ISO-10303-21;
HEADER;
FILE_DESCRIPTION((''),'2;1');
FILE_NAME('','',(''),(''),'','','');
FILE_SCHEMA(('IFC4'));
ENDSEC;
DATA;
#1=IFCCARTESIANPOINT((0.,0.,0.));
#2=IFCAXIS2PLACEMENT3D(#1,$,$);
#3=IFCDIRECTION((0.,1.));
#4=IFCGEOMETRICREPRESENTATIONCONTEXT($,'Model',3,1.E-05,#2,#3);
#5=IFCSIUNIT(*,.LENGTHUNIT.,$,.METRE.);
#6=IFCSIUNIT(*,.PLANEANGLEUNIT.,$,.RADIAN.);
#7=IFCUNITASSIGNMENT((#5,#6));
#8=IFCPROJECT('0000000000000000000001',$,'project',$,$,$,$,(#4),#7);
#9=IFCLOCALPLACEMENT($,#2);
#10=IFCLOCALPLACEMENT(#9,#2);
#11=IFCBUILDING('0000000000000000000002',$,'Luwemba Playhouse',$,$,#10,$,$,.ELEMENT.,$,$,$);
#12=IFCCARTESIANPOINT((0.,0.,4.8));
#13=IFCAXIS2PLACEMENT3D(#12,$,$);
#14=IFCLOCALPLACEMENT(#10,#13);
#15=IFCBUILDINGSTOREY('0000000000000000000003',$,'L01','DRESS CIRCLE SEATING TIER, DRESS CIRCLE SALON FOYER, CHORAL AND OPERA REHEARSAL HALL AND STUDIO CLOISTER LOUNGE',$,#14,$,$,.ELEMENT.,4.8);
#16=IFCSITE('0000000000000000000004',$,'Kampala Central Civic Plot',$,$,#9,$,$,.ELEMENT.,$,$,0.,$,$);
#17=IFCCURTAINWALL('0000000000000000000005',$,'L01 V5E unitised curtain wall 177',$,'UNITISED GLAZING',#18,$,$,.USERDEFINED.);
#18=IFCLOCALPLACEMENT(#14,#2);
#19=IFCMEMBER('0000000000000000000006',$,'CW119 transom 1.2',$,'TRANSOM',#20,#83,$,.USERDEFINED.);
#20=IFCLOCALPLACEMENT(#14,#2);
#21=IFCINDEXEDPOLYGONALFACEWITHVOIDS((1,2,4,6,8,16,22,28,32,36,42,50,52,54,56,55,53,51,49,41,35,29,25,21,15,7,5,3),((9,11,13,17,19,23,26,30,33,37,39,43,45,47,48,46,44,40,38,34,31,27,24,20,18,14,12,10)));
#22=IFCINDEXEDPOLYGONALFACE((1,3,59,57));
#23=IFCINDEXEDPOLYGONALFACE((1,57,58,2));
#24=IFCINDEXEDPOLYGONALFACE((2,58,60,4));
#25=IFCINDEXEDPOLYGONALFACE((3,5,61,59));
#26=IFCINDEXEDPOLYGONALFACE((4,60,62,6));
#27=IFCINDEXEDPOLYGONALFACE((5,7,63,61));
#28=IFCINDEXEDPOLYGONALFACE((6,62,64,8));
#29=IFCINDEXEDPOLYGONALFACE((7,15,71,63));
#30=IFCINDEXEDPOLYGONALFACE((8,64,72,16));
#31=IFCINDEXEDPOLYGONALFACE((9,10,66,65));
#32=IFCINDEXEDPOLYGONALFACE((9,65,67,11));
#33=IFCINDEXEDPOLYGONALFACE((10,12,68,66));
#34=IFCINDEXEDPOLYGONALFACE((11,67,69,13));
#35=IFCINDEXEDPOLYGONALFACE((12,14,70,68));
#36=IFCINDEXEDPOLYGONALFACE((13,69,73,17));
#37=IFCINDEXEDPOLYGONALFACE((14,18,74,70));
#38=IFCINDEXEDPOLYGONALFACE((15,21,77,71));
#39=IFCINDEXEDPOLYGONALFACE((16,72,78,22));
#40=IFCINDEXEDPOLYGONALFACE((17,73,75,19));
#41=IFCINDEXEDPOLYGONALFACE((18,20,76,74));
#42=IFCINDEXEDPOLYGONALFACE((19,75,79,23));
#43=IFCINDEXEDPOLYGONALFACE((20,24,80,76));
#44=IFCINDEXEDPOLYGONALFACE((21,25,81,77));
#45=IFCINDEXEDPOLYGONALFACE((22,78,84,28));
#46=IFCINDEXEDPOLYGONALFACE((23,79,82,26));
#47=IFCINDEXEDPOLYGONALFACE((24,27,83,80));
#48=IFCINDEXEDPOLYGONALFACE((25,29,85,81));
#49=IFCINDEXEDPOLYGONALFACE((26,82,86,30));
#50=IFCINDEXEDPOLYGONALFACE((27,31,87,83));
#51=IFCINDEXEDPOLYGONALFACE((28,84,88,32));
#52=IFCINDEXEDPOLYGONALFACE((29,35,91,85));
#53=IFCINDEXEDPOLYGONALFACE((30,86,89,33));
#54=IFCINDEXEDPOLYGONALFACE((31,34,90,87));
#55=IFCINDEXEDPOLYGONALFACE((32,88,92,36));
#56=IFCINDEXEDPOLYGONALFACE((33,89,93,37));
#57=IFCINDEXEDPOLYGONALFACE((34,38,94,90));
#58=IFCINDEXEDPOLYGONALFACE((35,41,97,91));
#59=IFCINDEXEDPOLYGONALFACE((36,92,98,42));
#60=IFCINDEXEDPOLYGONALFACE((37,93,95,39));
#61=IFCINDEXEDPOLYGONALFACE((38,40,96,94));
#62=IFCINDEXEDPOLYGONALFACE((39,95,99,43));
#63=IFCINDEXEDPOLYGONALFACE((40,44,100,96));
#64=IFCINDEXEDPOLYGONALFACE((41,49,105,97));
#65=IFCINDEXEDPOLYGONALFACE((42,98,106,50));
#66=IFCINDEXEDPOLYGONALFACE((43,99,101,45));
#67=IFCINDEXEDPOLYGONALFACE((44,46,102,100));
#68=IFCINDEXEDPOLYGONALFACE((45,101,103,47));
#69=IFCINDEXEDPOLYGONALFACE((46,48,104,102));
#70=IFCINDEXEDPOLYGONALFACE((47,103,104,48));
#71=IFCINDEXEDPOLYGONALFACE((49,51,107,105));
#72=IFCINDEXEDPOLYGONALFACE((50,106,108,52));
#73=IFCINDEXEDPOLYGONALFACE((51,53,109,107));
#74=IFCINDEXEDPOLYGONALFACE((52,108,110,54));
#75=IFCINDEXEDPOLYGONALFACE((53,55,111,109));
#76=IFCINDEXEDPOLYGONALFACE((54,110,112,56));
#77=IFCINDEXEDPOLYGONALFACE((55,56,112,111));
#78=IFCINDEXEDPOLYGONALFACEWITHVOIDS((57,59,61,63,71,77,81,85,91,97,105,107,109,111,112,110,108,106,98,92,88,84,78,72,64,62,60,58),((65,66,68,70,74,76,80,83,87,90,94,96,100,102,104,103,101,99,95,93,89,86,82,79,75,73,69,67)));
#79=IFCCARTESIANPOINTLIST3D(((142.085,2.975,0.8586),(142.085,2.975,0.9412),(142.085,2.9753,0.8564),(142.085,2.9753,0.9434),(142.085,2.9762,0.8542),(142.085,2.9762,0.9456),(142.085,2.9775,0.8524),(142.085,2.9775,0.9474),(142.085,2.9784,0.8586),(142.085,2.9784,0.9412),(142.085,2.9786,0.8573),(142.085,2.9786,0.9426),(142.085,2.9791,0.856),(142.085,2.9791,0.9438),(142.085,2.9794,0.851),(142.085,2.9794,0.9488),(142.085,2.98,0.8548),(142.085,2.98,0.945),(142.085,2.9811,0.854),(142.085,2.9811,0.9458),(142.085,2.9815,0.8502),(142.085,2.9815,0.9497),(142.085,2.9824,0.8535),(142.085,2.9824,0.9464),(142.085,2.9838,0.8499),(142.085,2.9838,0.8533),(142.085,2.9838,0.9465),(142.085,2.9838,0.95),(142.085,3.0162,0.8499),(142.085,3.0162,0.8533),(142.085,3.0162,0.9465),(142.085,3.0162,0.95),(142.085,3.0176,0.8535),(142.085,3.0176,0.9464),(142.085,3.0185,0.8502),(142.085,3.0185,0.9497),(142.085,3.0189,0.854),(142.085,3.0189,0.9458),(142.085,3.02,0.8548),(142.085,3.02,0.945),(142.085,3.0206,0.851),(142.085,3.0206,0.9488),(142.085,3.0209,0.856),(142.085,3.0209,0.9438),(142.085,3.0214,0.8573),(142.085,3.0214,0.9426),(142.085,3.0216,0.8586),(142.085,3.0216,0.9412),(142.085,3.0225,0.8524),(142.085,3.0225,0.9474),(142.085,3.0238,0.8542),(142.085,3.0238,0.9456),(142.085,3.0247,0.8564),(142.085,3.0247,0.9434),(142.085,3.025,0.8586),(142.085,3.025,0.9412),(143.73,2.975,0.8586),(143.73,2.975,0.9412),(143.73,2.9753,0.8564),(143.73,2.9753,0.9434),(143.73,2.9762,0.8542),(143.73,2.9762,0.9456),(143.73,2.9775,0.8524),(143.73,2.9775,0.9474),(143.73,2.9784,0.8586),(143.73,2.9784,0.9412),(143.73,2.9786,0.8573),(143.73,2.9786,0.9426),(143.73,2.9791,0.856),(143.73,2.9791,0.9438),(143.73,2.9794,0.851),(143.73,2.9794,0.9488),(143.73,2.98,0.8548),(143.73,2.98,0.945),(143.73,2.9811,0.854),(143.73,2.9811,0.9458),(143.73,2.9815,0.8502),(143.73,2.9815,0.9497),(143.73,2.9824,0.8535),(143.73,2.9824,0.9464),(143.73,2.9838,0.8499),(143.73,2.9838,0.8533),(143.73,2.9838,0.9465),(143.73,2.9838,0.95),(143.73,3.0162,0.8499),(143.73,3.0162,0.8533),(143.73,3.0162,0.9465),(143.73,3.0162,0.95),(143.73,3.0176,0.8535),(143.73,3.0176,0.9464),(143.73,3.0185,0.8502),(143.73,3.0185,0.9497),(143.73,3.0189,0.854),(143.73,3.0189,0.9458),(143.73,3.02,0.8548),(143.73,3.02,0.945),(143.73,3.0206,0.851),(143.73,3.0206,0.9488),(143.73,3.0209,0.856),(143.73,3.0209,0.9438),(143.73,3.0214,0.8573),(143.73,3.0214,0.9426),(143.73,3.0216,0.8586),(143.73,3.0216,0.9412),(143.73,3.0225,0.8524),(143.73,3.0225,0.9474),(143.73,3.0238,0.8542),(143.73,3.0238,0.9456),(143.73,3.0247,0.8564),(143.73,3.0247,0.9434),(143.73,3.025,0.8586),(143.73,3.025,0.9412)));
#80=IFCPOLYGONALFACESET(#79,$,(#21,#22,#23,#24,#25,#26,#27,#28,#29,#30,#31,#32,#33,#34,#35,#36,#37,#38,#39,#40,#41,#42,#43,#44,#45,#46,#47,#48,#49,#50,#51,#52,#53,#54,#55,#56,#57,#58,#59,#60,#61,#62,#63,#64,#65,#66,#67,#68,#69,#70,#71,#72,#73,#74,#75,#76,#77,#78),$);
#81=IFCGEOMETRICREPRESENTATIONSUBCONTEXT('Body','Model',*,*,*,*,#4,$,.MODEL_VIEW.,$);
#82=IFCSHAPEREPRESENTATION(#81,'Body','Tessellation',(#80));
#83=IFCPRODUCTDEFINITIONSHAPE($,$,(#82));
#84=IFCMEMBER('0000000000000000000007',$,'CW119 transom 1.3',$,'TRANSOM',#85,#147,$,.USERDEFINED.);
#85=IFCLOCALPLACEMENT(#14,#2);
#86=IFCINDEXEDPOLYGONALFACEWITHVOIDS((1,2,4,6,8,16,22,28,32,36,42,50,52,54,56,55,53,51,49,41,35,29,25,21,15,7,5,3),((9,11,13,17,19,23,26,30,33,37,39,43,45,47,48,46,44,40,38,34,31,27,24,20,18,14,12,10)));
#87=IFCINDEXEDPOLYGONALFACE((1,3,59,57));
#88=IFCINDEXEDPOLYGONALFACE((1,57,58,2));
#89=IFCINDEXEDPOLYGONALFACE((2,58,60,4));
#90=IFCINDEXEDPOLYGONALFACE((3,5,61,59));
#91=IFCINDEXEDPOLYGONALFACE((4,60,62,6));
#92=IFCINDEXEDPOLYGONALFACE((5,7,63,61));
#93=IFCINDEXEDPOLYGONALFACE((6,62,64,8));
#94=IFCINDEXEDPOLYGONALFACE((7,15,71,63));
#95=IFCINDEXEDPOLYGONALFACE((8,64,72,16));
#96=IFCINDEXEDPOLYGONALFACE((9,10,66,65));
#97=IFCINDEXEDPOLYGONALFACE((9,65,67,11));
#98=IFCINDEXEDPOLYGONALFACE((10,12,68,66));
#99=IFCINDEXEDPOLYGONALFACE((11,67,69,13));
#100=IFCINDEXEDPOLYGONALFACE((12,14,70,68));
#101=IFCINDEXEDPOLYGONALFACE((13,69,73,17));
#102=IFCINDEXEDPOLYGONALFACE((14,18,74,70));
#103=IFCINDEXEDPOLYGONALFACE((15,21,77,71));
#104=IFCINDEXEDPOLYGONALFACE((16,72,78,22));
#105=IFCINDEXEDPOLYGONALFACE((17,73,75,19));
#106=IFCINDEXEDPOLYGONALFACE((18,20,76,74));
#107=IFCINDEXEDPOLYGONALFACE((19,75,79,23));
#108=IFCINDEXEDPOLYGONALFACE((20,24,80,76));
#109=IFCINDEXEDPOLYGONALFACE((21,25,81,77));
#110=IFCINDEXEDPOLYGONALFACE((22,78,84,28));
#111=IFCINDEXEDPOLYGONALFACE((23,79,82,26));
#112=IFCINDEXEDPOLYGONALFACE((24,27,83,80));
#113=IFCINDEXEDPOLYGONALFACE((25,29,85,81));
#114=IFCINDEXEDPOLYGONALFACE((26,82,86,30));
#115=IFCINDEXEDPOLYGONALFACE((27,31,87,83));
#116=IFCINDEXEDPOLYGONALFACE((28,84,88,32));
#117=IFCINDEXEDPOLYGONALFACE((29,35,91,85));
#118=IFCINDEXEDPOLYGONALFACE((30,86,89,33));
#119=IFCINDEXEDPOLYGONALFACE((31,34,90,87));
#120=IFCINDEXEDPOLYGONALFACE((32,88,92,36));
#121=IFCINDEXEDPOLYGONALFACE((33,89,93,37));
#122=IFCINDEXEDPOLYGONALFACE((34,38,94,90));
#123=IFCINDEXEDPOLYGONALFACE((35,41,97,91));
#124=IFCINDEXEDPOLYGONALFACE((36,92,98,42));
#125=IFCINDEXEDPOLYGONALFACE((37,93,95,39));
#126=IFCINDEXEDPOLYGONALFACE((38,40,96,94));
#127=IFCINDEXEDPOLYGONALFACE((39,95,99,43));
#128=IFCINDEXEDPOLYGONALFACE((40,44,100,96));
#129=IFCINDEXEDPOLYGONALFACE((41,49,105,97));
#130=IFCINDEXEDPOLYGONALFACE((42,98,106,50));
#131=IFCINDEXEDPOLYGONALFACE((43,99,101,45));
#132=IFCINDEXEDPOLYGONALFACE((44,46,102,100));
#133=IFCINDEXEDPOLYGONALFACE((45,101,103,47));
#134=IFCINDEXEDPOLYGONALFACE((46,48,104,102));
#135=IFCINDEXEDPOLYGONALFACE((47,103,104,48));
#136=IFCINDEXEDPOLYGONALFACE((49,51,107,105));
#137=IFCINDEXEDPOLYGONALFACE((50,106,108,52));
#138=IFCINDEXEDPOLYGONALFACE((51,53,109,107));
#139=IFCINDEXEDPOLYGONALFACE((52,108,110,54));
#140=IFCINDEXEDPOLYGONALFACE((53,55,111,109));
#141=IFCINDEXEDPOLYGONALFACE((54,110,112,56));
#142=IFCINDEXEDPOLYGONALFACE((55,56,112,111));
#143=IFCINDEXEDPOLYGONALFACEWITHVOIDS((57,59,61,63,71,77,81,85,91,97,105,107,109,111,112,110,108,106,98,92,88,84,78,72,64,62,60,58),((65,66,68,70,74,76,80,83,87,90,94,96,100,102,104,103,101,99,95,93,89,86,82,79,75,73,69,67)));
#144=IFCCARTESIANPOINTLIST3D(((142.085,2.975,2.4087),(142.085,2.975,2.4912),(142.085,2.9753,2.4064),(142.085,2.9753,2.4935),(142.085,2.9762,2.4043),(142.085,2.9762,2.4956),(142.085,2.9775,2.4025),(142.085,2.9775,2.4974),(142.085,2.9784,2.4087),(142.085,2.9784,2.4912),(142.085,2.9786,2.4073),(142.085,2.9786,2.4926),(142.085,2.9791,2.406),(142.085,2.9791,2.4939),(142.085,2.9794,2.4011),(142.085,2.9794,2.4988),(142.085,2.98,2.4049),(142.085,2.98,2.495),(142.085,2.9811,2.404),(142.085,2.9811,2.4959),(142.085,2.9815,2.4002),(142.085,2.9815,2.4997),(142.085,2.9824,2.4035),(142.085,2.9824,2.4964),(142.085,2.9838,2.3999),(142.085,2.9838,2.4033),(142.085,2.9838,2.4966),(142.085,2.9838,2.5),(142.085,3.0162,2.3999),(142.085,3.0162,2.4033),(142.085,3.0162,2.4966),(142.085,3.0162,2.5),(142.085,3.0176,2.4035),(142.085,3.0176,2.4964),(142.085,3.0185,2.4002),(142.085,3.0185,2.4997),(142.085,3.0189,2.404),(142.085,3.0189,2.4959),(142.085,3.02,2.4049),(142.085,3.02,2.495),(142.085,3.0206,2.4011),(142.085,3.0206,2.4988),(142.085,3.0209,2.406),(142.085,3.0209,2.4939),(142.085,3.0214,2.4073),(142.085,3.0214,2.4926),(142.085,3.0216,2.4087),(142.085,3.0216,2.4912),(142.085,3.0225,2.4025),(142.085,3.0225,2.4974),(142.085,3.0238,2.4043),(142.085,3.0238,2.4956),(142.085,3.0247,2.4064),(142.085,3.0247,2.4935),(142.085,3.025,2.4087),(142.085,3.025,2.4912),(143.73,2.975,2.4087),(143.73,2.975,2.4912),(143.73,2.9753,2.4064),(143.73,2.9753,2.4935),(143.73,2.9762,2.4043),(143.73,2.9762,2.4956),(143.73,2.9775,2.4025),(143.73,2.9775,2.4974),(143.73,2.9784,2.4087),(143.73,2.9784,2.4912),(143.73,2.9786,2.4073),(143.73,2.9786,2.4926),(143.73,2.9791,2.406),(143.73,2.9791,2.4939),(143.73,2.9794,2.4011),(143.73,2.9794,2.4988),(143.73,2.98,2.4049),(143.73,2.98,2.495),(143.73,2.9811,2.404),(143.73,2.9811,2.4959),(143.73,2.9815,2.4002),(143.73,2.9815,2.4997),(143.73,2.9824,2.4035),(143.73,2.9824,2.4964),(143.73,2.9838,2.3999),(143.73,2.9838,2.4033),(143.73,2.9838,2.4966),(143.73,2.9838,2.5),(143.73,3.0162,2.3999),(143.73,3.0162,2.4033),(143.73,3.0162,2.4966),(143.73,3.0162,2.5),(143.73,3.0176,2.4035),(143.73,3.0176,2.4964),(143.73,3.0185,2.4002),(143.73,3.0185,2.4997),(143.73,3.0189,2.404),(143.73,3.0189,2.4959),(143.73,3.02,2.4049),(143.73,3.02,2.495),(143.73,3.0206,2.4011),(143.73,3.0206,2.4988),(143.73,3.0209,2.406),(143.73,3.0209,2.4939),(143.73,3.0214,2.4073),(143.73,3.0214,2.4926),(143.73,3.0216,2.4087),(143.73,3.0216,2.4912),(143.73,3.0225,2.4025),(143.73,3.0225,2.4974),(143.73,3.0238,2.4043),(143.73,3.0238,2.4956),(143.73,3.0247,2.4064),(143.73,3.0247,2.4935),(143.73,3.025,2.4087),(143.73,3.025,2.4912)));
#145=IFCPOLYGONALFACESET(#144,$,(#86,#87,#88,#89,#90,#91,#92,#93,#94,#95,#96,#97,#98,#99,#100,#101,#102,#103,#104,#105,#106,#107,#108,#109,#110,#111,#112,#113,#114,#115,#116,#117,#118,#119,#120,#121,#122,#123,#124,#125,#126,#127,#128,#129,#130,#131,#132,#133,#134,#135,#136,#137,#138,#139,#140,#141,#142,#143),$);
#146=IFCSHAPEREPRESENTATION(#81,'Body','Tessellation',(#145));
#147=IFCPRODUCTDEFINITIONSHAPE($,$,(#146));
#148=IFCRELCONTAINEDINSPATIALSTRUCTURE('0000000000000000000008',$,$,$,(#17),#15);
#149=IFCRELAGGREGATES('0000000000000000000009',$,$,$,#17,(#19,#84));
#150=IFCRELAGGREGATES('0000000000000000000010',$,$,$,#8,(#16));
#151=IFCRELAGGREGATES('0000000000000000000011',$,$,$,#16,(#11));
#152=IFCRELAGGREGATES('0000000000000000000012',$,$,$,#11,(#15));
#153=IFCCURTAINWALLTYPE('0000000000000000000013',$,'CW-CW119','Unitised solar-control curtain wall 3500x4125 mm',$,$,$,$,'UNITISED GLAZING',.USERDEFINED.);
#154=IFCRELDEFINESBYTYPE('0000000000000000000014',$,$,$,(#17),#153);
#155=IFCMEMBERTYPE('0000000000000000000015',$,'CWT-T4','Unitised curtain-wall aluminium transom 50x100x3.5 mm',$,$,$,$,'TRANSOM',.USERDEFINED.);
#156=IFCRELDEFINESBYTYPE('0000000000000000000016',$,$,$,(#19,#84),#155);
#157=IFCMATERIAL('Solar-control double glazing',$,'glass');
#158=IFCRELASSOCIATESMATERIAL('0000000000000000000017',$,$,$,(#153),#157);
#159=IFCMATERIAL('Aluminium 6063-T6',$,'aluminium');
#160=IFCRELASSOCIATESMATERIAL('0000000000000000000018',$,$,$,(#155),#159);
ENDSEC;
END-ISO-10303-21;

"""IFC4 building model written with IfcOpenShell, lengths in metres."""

from ifc_helpers import new_model, si_unit, direction, frame, origin, origin_2d, place, context, subcontext, project, spatial, hollow_rectangle, extrude, material, material_profile, profile_set, type_object, element, aggregate, save


model = new_model("IFC4")

# Units and contexts
model_context = context("Model", 3, precision=1e-05, world=origin(), true_north=direction((0.0, 1.0)))
body_context = subcontext(model_context, "Body", "Model", "MODEL_VIEW")
ifc_project = project(units=[si_unit("LENGTHUNIT", "METRE"), si_unit("PLANEANGLEUNIT", "RADIAN")], contexts=[model_context])

# Site, building, storey
site_placement = place(None, origin())
site = spatial("IfcSite", under=ifc_project, at=site_placement, Name="Kampala Central Civic Plot", CompositionType="ELEMENT", RefElevation=0.0)
building_placement = place(site_placement, origin())
building = spatial("IfcBuilding", under=site, at=building_placement, Name="Luwemba Playhouse", CompositionType="ELEMENT")
storey_placement = place(building_placement, frame((0.0, 0.0, 4.8)))
storey = spatial("IfcBuildingStorey", under=building, at=storey_placement, Name="L01", Description="DRESS CIRCLE SEATING TIER, DRESS CIRCLE SALON FOYER, CHORAL AND OPERA REHEARSAL HALL AND STUDIO CLOISTER LOUNGE", CompositionType="ELEMENT", Elevation=4.8)

# Shared definitions
ifc_material_1 = material(Name="Solar-control double glazing", Category="glass")
ifc_material_2 = material(Name="Aluminium 6063-T6", Category="aluminium")

# Curtain wall, members
curtain_wall_type_1 = type_object("IfcCurtainWallType", Name="CW-CW119", Description="Unitised solar-control curtain wall 3500x4125 mm", ElementType="UNITISED GLAZING", PredefinedType="USERDEFINED", material=ifc_material_1)
curtain_wall_1_placement = place(storey_placement, origin())
curtain_wall_1 = element("IfcCurtainWall", 1, at=curtain_wall_1_placement, inside=storey, type_object=curtain_wall_type_1, Name="L01 V5E unitised curtain wall 177", ObjectType="UNITISED GLAZING", PredefinedType="USERDEFINED")
ifc_material_profile_1 = material_profile(ifc_material_2, hollow_rectangle(XDim=0.05, YDim=0.1001, WallThickness=0.0034, InnerFilletRadius=0.0054, OuterFilletRadius=0.0088, at=origin_2d()))
ifc_profile_set_1 = profile_set([ifc_material_profile_1], Name="Aluminium 6063-T6")
member_type_1 = type_object("IfcMemberType", Name="CWT-T4", Description="Unitised curtain-wall aluminium transom 50x100x3.5 mm", ElementType="TRANSOM", PredefinedType="USERDEFINED", material=ifc_profile_set_1)
member_1_placement = place(storey_placement, frame((143.73, 3.0, 0.8999), z_axis=(-1.0, 0.0, 0.0), x_axis=(0.0, -1.0, 0.0)))
member_1 = element("IfcMember", 2, at=member_1_placement, type_object=member_type_1, Name="CW119 transom 1.2", ObjectType="TRANSOM", PredefinedType="USERDEFINED", context=body_context, shape_type="SweptSolid", body=[
    extrude(hollow_rectangle(XDim=0.05, YDim=0.1001, WallThickness=0.0034, InnerFilletRadius=0.0054, OuterFilletRadius=0.0088, at=origin_2d()), origin(), (0.0, 0.0, 1.0), 1.645),
])
member_2_placement = place(storey_placement, frame((143.73, 3.0, 2.45), z_axis=(-1.0, 0.0, 0.0), x_axis=(0.0, -1.0, 0.0)))
member_2 = element("IfcMember", 3, at=member_2_placement, type_object=member_type_1, Name="CW119 transom 1.3", ObjectType="TRANSOM", PredefinedType="USERDEFINED", context=body_context, shape_type="SweptSolid", body=[
    extrude(hollow_rectangle(XDim=0.05, YDim=0.1001, WallThickness=0.0034, InnerFilletRadius=0.0054, OuterFilletRadius=0.0088, at=origin_2d()), origin(), (0.0, 0.0, 1.0), 1.645),
])

aggregate(curtain_wall_1, [member_1, member_2])

save(model, "model.ifc")
